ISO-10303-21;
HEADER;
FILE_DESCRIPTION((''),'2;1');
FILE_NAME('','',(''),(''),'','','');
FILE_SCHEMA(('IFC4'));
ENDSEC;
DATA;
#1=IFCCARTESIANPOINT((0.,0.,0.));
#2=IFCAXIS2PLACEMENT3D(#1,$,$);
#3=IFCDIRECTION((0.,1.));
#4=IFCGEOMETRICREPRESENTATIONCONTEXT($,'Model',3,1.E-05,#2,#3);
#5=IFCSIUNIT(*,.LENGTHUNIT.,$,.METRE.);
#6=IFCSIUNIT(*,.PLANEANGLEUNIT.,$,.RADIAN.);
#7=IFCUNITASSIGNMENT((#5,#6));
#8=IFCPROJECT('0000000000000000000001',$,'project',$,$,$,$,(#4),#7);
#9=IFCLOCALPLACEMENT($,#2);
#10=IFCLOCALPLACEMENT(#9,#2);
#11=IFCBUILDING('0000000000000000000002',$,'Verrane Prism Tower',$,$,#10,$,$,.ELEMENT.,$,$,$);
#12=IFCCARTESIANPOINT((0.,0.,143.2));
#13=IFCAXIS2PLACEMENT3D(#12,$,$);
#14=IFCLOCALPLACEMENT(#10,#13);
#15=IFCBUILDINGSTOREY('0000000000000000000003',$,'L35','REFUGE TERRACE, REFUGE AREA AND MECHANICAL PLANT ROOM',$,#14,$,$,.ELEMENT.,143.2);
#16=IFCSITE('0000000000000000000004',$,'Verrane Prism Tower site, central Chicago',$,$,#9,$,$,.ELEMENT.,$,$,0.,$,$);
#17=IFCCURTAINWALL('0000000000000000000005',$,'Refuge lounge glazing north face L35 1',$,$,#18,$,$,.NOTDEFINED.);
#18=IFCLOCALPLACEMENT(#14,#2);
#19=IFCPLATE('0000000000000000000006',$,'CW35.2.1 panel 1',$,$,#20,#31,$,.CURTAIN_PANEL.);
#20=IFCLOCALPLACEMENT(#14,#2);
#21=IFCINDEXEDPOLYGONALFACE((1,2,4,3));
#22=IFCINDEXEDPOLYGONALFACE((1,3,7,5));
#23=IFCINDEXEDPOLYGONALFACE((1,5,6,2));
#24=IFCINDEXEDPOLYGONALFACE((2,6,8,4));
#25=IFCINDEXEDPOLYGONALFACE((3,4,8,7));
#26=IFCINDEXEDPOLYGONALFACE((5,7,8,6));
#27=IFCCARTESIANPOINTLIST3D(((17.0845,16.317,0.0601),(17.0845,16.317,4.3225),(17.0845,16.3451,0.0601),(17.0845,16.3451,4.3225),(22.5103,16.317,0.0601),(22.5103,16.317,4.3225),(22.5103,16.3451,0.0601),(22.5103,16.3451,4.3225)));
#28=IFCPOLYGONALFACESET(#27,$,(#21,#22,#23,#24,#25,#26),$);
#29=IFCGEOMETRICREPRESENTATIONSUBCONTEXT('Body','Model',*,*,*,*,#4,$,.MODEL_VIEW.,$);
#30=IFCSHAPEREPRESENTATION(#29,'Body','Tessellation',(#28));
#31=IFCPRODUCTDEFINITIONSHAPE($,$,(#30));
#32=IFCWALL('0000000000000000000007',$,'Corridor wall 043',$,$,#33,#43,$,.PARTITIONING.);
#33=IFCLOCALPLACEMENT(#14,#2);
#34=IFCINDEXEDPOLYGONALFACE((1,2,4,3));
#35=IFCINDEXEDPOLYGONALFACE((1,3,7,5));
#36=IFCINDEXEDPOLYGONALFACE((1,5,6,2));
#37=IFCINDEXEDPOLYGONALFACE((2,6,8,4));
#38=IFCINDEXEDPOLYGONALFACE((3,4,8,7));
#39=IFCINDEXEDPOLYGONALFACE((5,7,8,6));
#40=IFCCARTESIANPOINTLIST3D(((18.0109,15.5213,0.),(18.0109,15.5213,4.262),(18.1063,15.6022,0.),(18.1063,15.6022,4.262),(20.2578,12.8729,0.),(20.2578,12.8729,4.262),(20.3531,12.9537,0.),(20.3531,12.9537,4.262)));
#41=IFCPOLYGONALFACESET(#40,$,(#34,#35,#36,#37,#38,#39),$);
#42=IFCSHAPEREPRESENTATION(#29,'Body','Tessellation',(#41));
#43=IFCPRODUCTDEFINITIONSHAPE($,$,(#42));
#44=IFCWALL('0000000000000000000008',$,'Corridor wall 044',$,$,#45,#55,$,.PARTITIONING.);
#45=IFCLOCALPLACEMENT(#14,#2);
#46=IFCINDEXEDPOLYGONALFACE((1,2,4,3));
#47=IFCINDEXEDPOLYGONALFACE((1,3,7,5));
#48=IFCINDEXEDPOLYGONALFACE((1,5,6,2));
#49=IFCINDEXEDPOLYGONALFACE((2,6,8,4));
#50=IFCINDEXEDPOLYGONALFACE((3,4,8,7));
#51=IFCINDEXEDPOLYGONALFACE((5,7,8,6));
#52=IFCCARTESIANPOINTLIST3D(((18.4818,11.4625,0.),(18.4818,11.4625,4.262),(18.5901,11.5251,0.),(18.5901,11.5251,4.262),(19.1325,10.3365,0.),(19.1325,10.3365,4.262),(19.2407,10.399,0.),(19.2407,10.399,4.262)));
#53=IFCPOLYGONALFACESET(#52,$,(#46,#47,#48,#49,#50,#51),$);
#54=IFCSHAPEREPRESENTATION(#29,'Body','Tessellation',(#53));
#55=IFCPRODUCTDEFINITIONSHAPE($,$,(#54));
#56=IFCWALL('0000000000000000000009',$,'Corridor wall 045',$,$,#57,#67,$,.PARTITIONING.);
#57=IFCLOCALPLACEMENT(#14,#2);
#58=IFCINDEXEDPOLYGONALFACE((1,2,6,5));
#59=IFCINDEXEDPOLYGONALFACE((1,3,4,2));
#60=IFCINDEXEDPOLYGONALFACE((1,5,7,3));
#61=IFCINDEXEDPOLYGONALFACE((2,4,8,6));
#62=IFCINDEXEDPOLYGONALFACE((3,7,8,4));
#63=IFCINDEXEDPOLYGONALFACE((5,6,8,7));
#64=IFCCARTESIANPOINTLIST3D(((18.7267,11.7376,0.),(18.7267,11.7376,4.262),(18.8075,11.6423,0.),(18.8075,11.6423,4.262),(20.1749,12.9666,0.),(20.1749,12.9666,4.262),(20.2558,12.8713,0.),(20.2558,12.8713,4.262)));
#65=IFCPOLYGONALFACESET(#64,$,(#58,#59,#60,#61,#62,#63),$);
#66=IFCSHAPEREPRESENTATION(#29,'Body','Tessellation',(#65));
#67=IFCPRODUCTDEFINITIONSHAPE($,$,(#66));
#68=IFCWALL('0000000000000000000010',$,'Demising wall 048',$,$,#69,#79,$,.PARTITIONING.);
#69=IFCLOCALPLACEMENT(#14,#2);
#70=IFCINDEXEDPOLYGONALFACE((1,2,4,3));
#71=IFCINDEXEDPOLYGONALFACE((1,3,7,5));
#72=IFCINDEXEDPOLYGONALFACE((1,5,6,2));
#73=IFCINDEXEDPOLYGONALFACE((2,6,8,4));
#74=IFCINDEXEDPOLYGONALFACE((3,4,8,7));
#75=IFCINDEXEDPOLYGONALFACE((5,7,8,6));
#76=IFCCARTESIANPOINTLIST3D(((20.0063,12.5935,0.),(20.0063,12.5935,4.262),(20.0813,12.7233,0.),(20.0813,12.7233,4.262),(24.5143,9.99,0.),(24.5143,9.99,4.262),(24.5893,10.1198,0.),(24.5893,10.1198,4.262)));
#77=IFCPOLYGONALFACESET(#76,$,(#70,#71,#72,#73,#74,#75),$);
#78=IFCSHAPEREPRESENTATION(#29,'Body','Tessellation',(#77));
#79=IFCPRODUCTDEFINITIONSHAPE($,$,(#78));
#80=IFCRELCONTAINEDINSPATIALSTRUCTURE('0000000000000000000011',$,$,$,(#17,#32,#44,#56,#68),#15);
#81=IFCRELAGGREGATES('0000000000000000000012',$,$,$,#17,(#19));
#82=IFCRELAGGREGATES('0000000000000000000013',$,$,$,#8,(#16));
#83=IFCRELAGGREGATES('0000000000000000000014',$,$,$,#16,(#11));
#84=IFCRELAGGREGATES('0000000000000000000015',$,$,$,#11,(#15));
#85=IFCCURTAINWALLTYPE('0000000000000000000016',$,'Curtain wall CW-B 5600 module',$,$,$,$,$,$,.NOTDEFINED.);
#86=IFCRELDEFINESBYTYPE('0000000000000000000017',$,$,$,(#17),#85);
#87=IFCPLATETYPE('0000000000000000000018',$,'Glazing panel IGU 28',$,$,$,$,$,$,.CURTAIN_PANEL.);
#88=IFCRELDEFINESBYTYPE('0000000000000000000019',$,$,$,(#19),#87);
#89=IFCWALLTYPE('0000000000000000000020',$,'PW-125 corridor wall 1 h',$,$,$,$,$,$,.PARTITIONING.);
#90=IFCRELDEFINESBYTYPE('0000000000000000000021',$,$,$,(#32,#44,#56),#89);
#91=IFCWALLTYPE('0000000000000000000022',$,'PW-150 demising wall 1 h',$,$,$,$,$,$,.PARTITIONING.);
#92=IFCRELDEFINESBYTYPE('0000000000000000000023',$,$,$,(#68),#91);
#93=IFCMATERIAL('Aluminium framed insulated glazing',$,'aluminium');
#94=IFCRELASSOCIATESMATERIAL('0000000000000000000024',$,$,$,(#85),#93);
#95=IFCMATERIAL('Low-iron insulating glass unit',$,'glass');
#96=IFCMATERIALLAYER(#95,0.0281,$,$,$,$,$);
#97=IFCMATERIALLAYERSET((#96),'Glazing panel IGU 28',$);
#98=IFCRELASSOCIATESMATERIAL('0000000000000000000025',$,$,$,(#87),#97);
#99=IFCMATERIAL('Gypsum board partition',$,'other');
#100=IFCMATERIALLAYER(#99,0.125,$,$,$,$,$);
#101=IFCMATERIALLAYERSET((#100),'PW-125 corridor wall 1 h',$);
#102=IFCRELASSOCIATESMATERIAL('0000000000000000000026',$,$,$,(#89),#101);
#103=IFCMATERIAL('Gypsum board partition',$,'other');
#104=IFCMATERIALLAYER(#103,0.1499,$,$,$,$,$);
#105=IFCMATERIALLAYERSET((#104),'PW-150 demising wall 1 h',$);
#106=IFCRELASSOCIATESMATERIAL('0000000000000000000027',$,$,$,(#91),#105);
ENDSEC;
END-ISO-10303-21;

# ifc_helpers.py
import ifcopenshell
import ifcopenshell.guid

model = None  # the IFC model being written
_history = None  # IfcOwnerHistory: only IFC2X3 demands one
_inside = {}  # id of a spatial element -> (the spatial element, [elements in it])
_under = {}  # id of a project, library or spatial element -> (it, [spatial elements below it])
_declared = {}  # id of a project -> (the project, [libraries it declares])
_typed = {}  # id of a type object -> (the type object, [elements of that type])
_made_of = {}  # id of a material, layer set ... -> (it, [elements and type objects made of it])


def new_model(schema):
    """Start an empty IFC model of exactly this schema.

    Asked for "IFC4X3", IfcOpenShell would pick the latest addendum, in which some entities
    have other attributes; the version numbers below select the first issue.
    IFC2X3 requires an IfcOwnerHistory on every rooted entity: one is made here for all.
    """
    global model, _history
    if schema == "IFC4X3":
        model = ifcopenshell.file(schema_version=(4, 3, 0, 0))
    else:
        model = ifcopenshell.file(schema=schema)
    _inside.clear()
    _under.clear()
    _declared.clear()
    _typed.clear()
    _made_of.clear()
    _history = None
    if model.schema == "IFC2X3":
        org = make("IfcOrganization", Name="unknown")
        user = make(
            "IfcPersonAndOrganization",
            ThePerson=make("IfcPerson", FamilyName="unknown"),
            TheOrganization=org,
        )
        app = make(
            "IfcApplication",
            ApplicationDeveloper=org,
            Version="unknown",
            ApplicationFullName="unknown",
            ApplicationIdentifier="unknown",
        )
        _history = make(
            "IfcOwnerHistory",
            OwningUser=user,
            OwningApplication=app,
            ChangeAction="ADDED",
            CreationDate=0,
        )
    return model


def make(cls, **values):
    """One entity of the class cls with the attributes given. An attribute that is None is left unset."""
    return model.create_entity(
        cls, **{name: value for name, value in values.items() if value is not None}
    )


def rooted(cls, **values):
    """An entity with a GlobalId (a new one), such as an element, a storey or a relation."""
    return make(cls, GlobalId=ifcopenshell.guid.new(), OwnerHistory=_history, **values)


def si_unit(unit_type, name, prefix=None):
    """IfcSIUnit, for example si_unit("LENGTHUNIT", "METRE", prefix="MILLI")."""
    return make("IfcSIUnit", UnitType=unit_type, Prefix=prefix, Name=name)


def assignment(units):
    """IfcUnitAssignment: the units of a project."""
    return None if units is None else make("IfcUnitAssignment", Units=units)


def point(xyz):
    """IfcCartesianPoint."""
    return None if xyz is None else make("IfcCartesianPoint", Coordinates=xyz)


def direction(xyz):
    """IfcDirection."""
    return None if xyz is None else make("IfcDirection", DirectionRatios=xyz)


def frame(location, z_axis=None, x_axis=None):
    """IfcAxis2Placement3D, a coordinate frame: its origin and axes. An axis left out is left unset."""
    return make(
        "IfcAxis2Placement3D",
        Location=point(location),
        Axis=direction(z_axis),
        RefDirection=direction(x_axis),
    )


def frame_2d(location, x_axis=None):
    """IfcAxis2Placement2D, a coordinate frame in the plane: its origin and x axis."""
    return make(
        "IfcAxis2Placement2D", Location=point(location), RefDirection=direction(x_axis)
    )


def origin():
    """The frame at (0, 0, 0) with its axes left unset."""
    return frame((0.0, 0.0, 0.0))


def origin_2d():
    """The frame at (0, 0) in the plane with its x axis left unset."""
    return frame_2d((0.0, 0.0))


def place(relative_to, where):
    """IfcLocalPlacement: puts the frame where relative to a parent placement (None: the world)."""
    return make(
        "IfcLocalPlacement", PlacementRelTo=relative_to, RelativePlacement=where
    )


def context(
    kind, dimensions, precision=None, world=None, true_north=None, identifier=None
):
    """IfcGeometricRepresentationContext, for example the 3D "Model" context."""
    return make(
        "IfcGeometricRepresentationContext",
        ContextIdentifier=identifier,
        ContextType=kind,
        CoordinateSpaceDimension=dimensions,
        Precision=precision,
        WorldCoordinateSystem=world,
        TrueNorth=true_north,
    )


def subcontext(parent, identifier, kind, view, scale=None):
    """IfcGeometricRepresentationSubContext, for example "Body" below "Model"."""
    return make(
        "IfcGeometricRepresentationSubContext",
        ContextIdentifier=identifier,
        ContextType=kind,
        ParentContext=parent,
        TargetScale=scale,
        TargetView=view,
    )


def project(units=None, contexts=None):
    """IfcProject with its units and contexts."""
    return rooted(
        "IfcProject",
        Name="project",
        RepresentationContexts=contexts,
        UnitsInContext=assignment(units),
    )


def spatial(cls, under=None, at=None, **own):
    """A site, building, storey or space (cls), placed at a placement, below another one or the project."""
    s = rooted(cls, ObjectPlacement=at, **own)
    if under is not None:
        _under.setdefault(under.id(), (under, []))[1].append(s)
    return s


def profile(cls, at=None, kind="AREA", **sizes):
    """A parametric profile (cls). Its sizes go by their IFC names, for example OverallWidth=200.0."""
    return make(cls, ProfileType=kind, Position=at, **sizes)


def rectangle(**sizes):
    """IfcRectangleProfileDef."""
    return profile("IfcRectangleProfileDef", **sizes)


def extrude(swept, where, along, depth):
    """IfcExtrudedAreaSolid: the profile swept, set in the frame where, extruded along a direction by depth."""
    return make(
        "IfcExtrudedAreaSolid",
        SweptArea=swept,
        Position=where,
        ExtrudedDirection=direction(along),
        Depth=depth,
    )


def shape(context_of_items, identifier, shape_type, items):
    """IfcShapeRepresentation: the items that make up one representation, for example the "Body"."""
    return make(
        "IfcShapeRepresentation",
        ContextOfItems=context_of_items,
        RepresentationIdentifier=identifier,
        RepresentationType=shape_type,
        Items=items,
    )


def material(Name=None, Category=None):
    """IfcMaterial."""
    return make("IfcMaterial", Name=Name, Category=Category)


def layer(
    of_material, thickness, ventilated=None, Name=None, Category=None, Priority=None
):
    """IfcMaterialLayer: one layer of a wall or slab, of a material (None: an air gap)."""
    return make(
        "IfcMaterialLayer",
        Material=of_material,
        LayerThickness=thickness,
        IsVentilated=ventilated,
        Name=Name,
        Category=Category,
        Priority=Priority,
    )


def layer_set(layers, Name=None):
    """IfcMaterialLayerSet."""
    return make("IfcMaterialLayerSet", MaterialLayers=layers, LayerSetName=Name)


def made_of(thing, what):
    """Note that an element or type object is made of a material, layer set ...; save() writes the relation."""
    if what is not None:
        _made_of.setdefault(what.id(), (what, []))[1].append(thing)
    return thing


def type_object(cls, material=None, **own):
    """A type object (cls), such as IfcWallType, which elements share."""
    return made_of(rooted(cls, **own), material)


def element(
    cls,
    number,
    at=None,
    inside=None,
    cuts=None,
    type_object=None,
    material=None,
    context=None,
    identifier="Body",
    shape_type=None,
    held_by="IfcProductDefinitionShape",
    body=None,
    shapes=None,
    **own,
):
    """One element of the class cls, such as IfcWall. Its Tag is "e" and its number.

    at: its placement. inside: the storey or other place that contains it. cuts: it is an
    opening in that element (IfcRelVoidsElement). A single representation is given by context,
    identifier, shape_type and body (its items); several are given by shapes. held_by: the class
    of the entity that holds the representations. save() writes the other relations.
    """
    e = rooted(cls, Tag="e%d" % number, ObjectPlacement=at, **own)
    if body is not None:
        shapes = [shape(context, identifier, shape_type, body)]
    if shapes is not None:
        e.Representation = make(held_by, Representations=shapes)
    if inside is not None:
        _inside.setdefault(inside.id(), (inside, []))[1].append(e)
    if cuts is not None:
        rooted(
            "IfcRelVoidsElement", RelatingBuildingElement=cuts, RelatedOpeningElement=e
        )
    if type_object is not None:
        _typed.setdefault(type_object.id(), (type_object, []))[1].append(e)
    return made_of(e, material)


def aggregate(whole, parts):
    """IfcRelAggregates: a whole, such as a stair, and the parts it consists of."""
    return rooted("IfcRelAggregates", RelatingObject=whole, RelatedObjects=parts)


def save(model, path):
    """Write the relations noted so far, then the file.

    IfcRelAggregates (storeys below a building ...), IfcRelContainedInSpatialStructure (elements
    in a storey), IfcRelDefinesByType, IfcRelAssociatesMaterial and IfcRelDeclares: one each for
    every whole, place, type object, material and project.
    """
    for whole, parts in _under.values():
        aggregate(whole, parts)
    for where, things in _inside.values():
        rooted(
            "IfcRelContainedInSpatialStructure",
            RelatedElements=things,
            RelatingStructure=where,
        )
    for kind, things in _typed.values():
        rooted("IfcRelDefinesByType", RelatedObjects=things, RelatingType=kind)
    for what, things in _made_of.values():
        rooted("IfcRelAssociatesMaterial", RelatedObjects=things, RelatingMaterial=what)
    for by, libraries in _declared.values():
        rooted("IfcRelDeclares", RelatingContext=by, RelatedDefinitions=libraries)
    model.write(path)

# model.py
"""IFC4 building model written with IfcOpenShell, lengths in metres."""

from ifc_helpers import new_model, si_unit, direction, frame, frame_2d, origin, origin_2d, place, context, subcontext, project, spatial, rectangle, extrude, material, layer, layer_set, type_object, element, aggregate, save


model = new_model("IFC4")

# Units and contexts
model_context = context("Model", 3, precision=1e-05, world=origin(), true_north=direction((0.0, 1.0)))
body_context = subcontext(model_context, "Body", "Model", "MODEL_VIEW")
ifc_project = project(units=[si_unit("LENGTHUNIT", "METRE"), si_unit("PLANEANGLEUNIT", "RADIAN")], contexts=[model_context])

# Site, building, storey
site_placement = place(None, origin())
site = spatial("IfcSite", under=ifc_project, at=site_placement, Name="Verrane Prism Tower site, central Chicago", CompositionType="ELEMENT", RefElevation=0.0)
building_placement = place(site_placement, origin())
building = spatial("IfcBuilding", under=site, at=building_placement, Name="Verrane Prism Tower", CompositionType="ELEMENT")
storey_placement = place(building_placement, frame((0.0, 0.0, 143.2)))
storey = spatial("IfcBuildingStorey", under=building, at=storey_placement, Name="L35", Description="REFUGE TERRACE, REFUGE AREA AND MECHANICAL PLANT ROOM", CompositionType="ELEMENT", Elevation=143.2)

# Curtain wall
ifc_material_1 = material(Name="Aluminium framed insulated glazing", Category="aluminium")
curtain_wall_type = type_object("IfcCurtainWallType", Name="Curtain wall CW-B 5600 module", PredefinedType="NOTDEFINED", material=ifc_material_1)
curtain_wall_placement = place(storey_placement, origin())
curtain_wall = element("IfcCurtainWall", 1, at=curtain_wall_placement, inside=storey, type_object=curtain_wall_type, Name="Refuge lounge glazing north face L35 1", PredefinedType="NOTDEFINED")

# Plate
ifc_material_2 = material(Name="Low-iron insulating glass unit", Category="glass")
ifc_layer_1 = layer(ifc_material_2, 0.0281)
ifc_layer_set_1 = layer_set([ifc_layer_1], Name="Glazing panel IGU 28")
plate_type = type_object("IfcPlateType", Name="Glazing panel IGU 28", PredefinedType="CURTAIN_PANEL", material=ifc_layer_set_1)
plate_placement = place(storey_placement, frame((19.7974, 16.3311, 0.0601), z_axis=(0.0, 0.0, 1.0), x_axis=(-1.0, 0.0, 0.0)))
plate = element("IfcPlate", 2, at=plate_placement, type_object=plate_type, Name="CW35.2.1 panel 1", PredefinedType="CURTAIN_PANEL", context=body_context, shape_type="SweptSolid", body=[
    extrude(rectangle(XDim=5.4258, YDim=0.0281, at=origin_2d()), origin(), (0.0, 0.0, 1.0), 4.2625),
])
aggregate(curtain_wall, [plate])

# Walls
ifc_material_3 = material(Name="Gypsum board partition", Category="other")
ifc_layer_2 = layer(ifc_material_3, 0.125)
ifc_layer_set_2 = layer_set([ifc_layer_2], Name="PW-125 corridor wall 1 h")
wall_type_1 = type_object("IfcWallType", Name="PW-125 corridor wall 1 h", PredefinedType="PARTITIONING", material=ifc_layer_set_2)
wall_1_placement = place(storey_placement, frame((18.0586, 15.5618, 0.0), z_axis=(0.0, 0.0, 1.0), x_axis=(0.646922, -0.762556, 0.0)))
element("IfcWall", 3, at=wall_1_placement, inside=storey, type_object=wall_type_1, Name="Corridor wall 043", PredefinedType="PARTITIONING", context=body_context, shape_type="SweptSolid", body=[
    extrude(rectangle(XDim=3.4731, YDim=0.125, at=frame_2d((1.7366, 0.0))), origin(), (0.0, 0.0, 1.0), 4.262),
])
wall_2_placement = place(storey_placement, frame((18.5359, 11.4939, 0.0), z_axis=(0.0, 0.0, 1.0), x_axis=(0.500318, -0.865842, 0.0)))
element("IfcWall", 4, at=wall_2_placement, inside=storey, type_object=wall_type_1, Name="Corridor wall 044", PredefinedType="PARTITIONING", context=body_context, shape_type="SweptSolid", body=[
    extrude(rectangle(XDim=1.3005, YDim=0.125, at=frame_2d((0.6504, 0.0))), origin(), (0.0, 0.0, 1.0), 4.262),
])
wall_3_placement = place(storey_placement, frame((18.7671, 11.6899, 0.0), z_axis=(0.0, 0.0, 1.0), x_axis=(0.762459, 0.647036, 0.0)))
element("IfcWall", 5, at=wall_3_placement, inside=storey, type_object=wall_type_1, Name="Corridor wall 045", PredefinedType="PARTITIONING", context=body_context, shape_type="SweptSolid", body=[
    extrude(rectangle(XDim=1.8994, YDim=0.125, at=frame_2d((0.9497, 0.0))), origin(), (0.0, 0.0, 1.0), 4.262),
])
ifc_material_4 = material(Name="Gypsum board partition", Category="other")
ifc_layer_3 = layer(ifc_material_4, 0.1499)
ifc_layer_set_3 = layer_set([ifc_layer_3], Name="PW-150 demising wall 1 h")
wall_type_2 = type_object("IfcWallType", Name="PW-150 demising wall 1 h", PredefinedType="PARTITIONING", material=ifc_layer_set_3)
wall_4_placement = place(storey_placement, frame((20.0437, 12.6584, 0.0), z_axis=(0.0, 0.0, 1.0), x_axis=(0.86596, -0.500114, 0.0)))
element("IfcWall", 6, at=wall_4_placement, inside=storey, type_object=wall_type_2, Name="Demising wall 048", PredefinedType="PARTITIONING", context=body_context, shape_type="SweptSolid", body=[
    extrude(rectangle(XDim=5.2058, YDim=0.1499, at=frame_2d((2.603, 0.0))), origin(), (0.0, 0.0, 1.0), 4.262),
])

save(model, "model.ifc")
